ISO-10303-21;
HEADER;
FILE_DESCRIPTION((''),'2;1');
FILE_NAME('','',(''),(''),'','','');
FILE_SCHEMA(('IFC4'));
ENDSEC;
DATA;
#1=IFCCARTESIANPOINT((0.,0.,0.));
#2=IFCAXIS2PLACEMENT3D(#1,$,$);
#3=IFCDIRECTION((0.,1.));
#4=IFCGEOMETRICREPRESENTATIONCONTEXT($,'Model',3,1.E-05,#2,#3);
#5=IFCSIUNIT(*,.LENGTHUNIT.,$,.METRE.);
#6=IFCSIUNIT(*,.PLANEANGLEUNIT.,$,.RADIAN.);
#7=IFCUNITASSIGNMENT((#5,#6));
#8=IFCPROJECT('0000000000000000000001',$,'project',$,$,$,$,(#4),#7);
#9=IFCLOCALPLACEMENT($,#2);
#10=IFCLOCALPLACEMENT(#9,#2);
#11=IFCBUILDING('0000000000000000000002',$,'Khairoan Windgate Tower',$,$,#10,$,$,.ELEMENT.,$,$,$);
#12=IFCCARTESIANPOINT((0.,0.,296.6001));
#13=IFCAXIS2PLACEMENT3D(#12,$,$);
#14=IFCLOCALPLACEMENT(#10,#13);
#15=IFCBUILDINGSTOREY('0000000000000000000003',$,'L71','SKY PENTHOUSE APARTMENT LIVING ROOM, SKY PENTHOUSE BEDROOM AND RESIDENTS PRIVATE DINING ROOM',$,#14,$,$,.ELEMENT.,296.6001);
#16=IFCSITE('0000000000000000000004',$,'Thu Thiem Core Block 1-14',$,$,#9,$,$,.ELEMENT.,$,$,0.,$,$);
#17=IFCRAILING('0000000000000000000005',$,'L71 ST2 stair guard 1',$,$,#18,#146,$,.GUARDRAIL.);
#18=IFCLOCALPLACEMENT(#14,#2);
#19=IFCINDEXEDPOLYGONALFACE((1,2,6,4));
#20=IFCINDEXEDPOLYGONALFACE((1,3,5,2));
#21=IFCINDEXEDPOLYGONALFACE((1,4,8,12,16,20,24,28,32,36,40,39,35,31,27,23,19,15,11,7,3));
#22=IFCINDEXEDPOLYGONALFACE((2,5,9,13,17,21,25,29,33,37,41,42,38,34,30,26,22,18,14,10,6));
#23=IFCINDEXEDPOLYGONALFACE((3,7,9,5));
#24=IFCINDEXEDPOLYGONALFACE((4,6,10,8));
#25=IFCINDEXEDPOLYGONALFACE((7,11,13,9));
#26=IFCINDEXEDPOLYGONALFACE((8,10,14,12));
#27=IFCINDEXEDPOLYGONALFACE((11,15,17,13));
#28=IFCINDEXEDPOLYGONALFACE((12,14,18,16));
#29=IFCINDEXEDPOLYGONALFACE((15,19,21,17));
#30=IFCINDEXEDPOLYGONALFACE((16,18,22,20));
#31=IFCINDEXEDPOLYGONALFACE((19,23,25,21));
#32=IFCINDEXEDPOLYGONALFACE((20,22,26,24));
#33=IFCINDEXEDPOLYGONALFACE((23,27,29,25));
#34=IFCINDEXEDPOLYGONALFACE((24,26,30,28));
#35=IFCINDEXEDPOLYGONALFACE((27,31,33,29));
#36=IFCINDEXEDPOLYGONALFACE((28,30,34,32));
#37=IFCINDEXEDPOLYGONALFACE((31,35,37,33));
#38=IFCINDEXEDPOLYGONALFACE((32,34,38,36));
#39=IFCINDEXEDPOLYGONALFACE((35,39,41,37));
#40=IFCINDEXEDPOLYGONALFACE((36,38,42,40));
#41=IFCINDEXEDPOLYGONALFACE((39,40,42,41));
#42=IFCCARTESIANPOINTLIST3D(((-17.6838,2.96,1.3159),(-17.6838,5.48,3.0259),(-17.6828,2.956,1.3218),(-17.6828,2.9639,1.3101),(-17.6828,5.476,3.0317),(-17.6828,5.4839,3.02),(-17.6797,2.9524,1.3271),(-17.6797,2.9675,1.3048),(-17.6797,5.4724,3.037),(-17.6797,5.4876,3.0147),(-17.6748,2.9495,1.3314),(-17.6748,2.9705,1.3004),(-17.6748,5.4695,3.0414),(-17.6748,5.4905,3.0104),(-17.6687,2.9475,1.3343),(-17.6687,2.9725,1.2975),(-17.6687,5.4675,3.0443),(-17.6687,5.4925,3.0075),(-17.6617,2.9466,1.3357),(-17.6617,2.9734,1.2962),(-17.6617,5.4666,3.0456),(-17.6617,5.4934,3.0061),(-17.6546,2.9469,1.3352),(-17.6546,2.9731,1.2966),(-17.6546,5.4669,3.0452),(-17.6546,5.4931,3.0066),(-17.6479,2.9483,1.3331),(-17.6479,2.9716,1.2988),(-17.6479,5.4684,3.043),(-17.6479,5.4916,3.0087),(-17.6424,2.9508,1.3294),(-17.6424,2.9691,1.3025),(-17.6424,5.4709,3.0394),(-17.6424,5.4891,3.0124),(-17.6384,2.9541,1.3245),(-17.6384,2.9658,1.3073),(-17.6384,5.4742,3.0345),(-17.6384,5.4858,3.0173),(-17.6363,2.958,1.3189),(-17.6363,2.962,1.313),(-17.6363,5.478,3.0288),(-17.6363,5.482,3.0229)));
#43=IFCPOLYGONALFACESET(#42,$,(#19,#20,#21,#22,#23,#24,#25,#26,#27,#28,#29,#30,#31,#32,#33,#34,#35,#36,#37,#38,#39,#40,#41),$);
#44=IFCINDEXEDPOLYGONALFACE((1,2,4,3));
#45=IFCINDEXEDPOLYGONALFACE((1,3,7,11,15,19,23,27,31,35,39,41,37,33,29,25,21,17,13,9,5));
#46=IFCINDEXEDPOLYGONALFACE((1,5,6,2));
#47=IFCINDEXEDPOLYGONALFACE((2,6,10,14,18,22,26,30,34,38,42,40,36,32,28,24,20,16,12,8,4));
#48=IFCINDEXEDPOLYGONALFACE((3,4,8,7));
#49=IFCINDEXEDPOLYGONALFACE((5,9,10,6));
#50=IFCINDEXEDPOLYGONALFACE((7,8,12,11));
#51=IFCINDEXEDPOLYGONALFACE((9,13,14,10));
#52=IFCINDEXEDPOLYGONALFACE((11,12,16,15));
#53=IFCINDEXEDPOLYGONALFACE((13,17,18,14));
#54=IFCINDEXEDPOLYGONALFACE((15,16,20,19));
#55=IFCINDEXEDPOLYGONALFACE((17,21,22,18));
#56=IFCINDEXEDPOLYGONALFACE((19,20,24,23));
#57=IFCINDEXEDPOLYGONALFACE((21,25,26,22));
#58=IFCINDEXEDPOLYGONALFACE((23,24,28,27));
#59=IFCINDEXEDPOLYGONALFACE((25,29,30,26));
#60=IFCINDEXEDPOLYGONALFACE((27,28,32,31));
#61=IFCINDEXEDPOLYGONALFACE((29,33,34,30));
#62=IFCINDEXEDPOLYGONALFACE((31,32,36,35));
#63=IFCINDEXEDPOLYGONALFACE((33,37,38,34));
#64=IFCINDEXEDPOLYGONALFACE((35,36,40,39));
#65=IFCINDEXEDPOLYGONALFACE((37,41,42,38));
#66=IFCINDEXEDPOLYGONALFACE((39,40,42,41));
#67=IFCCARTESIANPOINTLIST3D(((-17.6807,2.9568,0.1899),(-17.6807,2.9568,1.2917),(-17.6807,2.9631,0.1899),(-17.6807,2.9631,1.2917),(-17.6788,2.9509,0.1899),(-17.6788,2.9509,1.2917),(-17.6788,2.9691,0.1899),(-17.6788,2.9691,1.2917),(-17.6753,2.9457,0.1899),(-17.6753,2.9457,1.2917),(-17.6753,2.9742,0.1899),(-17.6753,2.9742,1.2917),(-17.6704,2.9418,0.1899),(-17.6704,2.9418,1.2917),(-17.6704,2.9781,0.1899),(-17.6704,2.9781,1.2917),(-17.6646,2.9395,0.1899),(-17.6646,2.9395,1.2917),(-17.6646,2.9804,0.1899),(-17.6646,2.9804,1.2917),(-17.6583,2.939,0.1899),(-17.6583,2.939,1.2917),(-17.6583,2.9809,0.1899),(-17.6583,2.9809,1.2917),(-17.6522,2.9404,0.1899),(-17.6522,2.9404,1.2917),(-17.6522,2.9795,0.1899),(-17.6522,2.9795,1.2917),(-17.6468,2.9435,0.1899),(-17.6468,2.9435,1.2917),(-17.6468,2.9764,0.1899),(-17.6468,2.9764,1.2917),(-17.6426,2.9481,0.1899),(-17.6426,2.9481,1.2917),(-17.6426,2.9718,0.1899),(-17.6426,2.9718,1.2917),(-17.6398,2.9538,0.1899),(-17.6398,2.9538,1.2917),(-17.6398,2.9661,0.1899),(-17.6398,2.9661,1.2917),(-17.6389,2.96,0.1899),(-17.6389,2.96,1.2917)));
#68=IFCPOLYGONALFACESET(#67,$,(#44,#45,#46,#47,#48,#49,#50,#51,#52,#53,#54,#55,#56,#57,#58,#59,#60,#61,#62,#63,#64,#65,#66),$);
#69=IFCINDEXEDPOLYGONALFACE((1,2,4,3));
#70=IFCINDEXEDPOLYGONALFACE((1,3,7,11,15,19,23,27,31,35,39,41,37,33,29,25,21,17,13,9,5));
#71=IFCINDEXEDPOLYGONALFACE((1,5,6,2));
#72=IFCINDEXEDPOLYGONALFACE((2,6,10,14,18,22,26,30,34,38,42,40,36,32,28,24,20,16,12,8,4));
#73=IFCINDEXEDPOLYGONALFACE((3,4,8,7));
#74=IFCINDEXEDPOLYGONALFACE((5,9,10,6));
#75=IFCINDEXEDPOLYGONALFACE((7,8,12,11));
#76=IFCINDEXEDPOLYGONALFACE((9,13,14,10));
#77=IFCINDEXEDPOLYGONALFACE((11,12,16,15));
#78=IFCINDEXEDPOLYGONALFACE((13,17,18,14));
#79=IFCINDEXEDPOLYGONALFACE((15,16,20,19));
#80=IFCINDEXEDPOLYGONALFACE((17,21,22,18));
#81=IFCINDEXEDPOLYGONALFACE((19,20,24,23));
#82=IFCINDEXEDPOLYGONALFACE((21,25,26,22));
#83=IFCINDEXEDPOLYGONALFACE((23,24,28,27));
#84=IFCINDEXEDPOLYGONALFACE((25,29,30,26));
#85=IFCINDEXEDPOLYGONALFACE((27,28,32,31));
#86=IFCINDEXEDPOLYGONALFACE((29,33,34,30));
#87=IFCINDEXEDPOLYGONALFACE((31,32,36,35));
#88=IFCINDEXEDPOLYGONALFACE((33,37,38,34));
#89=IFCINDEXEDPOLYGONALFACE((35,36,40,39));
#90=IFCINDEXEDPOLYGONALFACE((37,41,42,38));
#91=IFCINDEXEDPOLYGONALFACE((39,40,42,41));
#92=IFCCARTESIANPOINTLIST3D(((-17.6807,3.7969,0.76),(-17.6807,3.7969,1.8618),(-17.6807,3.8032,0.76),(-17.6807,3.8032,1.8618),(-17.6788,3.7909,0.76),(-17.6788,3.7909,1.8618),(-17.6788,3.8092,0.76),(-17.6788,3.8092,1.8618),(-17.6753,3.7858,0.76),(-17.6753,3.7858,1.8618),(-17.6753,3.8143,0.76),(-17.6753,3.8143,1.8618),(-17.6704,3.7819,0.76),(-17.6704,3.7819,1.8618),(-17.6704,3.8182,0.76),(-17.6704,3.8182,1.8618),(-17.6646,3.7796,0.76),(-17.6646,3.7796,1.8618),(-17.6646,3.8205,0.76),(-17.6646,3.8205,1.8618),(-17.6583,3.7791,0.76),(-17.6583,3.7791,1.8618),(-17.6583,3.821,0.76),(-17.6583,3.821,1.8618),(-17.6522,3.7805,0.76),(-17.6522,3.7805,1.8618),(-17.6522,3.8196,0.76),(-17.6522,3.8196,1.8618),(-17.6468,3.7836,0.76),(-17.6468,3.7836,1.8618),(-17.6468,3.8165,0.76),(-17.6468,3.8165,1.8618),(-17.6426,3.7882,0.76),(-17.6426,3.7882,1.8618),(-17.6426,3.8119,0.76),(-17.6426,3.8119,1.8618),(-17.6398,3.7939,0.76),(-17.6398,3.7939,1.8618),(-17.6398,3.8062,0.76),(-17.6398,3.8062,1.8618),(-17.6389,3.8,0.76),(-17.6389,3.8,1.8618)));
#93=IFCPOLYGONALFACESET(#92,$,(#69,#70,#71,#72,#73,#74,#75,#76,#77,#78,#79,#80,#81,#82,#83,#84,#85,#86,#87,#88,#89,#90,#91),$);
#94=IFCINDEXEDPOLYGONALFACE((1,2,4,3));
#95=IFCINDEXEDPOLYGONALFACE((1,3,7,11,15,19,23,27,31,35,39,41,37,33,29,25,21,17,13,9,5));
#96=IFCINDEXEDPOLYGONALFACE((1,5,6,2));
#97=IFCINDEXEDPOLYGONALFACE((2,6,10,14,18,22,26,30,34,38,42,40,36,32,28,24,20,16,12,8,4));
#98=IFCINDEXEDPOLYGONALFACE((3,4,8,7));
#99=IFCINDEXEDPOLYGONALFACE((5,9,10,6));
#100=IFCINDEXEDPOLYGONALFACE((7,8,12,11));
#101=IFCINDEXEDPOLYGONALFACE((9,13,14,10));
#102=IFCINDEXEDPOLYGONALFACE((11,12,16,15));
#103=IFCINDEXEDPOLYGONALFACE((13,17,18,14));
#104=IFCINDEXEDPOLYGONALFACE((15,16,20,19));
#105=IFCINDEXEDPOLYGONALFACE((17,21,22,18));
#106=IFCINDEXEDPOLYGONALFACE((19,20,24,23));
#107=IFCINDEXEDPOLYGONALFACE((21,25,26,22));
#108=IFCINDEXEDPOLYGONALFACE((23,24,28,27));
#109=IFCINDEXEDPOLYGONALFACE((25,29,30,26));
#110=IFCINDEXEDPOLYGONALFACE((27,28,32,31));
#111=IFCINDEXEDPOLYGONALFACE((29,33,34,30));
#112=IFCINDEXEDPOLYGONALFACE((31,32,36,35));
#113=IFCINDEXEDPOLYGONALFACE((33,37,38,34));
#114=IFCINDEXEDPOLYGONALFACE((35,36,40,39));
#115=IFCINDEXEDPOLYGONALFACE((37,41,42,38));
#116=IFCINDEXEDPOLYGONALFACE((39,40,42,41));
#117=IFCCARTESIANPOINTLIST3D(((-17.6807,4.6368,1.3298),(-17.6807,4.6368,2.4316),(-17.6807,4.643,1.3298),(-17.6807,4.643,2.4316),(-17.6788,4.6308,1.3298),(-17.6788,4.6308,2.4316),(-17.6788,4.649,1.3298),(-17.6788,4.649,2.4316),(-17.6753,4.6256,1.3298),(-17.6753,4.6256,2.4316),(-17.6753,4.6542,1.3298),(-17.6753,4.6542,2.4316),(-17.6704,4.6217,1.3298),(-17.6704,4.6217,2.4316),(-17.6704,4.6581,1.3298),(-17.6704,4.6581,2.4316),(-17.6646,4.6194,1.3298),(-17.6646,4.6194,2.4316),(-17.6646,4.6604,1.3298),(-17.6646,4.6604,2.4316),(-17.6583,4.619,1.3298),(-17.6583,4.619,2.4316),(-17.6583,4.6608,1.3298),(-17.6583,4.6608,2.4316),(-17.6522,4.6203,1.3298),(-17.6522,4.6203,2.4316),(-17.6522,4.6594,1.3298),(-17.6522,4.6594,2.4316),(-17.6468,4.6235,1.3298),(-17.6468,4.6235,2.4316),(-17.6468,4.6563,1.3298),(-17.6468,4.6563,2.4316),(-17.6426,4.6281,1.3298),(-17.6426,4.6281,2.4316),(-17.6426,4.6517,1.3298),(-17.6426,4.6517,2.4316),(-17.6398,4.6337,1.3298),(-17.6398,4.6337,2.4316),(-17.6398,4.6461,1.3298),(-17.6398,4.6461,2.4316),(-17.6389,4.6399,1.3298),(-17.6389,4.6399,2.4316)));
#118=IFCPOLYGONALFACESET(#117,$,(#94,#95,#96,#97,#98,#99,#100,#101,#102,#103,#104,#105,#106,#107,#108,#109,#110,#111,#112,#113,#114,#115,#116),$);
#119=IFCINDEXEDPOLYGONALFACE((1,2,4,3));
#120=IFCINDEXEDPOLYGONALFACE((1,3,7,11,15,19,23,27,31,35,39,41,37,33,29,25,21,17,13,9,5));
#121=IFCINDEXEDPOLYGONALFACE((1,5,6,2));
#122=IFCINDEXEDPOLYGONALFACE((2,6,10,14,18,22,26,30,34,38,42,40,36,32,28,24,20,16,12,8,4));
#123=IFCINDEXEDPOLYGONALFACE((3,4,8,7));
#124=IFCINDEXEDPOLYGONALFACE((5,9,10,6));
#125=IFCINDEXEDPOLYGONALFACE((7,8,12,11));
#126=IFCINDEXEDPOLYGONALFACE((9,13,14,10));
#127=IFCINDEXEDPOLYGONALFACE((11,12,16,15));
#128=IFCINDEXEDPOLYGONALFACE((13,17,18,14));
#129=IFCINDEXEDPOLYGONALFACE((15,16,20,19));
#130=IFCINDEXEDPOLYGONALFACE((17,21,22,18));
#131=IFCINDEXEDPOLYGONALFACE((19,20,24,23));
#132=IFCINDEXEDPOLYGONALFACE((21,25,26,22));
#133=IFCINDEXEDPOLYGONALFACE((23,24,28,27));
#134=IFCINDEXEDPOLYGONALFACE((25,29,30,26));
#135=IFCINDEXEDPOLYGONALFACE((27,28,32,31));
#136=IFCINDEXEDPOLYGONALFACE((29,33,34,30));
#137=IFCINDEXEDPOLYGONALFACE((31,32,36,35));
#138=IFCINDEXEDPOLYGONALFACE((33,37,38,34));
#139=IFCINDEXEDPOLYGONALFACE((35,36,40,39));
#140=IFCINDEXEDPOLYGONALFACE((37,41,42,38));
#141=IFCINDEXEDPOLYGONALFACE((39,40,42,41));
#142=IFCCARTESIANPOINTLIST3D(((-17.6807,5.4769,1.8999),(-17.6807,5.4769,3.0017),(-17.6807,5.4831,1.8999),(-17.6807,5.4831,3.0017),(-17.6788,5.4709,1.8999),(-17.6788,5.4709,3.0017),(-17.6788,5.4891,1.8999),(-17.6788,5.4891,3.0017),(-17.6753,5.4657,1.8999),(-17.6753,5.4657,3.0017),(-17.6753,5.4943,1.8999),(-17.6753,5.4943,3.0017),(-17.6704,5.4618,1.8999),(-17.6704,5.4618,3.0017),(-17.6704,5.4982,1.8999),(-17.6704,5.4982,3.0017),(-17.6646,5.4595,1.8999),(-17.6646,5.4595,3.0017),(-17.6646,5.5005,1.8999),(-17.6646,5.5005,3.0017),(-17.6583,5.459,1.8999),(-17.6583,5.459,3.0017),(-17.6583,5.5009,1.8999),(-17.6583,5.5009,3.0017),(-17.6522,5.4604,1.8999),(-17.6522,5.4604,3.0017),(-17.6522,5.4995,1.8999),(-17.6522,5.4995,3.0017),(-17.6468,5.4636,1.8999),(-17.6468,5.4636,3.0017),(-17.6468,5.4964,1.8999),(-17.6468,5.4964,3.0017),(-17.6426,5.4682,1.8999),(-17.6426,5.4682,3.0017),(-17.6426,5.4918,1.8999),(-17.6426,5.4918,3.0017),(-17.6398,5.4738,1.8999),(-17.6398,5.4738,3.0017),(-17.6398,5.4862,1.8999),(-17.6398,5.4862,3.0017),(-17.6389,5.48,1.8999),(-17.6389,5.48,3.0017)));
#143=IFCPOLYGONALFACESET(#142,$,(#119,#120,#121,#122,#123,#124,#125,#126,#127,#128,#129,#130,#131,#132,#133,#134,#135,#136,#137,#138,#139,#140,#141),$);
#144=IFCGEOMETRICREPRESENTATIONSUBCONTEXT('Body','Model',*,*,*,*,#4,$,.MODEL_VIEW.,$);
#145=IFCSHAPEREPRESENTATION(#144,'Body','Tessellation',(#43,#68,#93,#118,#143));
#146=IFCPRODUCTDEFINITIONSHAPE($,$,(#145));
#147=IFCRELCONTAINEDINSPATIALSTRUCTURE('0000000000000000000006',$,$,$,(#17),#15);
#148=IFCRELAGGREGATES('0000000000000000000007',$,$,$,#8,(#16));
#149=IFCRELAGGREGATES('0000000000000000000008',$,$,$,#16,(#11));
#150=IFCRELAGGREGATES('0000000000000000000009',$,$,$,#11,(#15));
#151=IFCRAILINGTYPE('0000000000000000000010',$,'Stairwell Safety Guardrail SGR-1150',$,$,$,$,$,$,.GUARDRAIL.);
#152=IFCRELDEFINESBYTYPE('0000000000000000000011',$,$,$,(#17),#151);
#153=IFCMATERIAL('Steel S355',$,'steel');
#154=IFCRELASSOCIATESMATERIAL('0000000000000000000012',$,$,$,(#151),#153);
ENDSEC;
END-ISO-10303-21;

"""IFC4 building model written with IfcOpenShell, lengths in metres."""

from ifc_helpers import new_model, si_unit, direction, frame, origin, origin_2d, place, context, subcontext, project, spatial, circle, extrude, material, type_object, element, save


model = new_model("IFC4")

# Units and contexts
model_context = context("Model", 3, precision=1e-05, world=origin(), true_north=direction((0.0, 1.0)))
body_context = subcontext(model_context, "Body", "Model", "MODEL_VIEW")
ifc_project = project(units=[si_unit("LENGTHUNIT", "METRE"), si_unit("PLANEANGLEUNIT", "RADIAN")], contexts=[model_context])

# Site, building, storey
site_placement = place(None, origin())
site = spatial("IfcSite", under=ifc_project, at=site_placement, Name="Thu Thiem Core Block 1-14", CompositionType="ELEMENT", RefElevation=0.0)
building_placement = place(site_placement, origin())
building = spatial("IfcBuilding", under=site, at=building_placement, Name="Khairoan Windgate Tower", CompositionType="ELEMENT")
storey_placement = place(building_placement, frame((0.0, 0.0, 296.6001)))
storey = spatial("IfcBuildingStorey", under=building, at=storey_placement, Name="L71", Description="SKY PENTHOUSE APARTMENT LIVING ROOM, SKY PENTHOUSE BEDROOM AND RESIDENTS PRIVATE DINING ROOM", CompositionType="ELEMENT", Elevation=296.6001)

# Railing
ifc_material_1 = material(Name="Steel S355", Category="steel")
railing_type_1 = type_object("IfcRailingType", Name="Stairwell Safety Guardrail SGR-1150", PredefinedType="GUARDRAIL", material=ifc_material_1)
railing_1_placement = place(storey_placement, frame((-17.6599, 2.96, 0.1899)))
element("IfcRailing", 1, at=railing_1_placement, inside=storey, type_object=railing_type_1, Name="L71 ST2 stair guard 1", PredefinedType="GUARDRAIL", context=body_context, shape_type="SweptSolid", body=[
    extrude(circle(Radius=0.0239, at=origin_2d()), frame((0.0, 0.0, 1.126), z_axis=(0.0, 0.827484, 0.56149), x_axis=(-1.0, 0.0, 0.0)), (0.0, 0.0, 1.0), 3.0454),
    extrude(circle(Radius=0.021, at=origin_2d()), origin(), (0.0, 0.0, 1.0), 1.1018),
    extrude(circle(Radius=0.021, at=origin_2d()), frame((0.0, 0.8401, 0.5701)), (0.0, 0.0, 1.0), 1.1018),
    extrude(circle(Radius=0.021, at=origin_2d()), frame((0.0, 1.6799, 1.1399)), (0.0, 0.0, 1.0), 1.1018),
    extrude(circle(Radius=0.021, at=origin_2d()), frame((0.0, 2.52, 1.71)), (0.0, 0.0, 1.0), 1.1018),
])

save(model, "model.ifc")
